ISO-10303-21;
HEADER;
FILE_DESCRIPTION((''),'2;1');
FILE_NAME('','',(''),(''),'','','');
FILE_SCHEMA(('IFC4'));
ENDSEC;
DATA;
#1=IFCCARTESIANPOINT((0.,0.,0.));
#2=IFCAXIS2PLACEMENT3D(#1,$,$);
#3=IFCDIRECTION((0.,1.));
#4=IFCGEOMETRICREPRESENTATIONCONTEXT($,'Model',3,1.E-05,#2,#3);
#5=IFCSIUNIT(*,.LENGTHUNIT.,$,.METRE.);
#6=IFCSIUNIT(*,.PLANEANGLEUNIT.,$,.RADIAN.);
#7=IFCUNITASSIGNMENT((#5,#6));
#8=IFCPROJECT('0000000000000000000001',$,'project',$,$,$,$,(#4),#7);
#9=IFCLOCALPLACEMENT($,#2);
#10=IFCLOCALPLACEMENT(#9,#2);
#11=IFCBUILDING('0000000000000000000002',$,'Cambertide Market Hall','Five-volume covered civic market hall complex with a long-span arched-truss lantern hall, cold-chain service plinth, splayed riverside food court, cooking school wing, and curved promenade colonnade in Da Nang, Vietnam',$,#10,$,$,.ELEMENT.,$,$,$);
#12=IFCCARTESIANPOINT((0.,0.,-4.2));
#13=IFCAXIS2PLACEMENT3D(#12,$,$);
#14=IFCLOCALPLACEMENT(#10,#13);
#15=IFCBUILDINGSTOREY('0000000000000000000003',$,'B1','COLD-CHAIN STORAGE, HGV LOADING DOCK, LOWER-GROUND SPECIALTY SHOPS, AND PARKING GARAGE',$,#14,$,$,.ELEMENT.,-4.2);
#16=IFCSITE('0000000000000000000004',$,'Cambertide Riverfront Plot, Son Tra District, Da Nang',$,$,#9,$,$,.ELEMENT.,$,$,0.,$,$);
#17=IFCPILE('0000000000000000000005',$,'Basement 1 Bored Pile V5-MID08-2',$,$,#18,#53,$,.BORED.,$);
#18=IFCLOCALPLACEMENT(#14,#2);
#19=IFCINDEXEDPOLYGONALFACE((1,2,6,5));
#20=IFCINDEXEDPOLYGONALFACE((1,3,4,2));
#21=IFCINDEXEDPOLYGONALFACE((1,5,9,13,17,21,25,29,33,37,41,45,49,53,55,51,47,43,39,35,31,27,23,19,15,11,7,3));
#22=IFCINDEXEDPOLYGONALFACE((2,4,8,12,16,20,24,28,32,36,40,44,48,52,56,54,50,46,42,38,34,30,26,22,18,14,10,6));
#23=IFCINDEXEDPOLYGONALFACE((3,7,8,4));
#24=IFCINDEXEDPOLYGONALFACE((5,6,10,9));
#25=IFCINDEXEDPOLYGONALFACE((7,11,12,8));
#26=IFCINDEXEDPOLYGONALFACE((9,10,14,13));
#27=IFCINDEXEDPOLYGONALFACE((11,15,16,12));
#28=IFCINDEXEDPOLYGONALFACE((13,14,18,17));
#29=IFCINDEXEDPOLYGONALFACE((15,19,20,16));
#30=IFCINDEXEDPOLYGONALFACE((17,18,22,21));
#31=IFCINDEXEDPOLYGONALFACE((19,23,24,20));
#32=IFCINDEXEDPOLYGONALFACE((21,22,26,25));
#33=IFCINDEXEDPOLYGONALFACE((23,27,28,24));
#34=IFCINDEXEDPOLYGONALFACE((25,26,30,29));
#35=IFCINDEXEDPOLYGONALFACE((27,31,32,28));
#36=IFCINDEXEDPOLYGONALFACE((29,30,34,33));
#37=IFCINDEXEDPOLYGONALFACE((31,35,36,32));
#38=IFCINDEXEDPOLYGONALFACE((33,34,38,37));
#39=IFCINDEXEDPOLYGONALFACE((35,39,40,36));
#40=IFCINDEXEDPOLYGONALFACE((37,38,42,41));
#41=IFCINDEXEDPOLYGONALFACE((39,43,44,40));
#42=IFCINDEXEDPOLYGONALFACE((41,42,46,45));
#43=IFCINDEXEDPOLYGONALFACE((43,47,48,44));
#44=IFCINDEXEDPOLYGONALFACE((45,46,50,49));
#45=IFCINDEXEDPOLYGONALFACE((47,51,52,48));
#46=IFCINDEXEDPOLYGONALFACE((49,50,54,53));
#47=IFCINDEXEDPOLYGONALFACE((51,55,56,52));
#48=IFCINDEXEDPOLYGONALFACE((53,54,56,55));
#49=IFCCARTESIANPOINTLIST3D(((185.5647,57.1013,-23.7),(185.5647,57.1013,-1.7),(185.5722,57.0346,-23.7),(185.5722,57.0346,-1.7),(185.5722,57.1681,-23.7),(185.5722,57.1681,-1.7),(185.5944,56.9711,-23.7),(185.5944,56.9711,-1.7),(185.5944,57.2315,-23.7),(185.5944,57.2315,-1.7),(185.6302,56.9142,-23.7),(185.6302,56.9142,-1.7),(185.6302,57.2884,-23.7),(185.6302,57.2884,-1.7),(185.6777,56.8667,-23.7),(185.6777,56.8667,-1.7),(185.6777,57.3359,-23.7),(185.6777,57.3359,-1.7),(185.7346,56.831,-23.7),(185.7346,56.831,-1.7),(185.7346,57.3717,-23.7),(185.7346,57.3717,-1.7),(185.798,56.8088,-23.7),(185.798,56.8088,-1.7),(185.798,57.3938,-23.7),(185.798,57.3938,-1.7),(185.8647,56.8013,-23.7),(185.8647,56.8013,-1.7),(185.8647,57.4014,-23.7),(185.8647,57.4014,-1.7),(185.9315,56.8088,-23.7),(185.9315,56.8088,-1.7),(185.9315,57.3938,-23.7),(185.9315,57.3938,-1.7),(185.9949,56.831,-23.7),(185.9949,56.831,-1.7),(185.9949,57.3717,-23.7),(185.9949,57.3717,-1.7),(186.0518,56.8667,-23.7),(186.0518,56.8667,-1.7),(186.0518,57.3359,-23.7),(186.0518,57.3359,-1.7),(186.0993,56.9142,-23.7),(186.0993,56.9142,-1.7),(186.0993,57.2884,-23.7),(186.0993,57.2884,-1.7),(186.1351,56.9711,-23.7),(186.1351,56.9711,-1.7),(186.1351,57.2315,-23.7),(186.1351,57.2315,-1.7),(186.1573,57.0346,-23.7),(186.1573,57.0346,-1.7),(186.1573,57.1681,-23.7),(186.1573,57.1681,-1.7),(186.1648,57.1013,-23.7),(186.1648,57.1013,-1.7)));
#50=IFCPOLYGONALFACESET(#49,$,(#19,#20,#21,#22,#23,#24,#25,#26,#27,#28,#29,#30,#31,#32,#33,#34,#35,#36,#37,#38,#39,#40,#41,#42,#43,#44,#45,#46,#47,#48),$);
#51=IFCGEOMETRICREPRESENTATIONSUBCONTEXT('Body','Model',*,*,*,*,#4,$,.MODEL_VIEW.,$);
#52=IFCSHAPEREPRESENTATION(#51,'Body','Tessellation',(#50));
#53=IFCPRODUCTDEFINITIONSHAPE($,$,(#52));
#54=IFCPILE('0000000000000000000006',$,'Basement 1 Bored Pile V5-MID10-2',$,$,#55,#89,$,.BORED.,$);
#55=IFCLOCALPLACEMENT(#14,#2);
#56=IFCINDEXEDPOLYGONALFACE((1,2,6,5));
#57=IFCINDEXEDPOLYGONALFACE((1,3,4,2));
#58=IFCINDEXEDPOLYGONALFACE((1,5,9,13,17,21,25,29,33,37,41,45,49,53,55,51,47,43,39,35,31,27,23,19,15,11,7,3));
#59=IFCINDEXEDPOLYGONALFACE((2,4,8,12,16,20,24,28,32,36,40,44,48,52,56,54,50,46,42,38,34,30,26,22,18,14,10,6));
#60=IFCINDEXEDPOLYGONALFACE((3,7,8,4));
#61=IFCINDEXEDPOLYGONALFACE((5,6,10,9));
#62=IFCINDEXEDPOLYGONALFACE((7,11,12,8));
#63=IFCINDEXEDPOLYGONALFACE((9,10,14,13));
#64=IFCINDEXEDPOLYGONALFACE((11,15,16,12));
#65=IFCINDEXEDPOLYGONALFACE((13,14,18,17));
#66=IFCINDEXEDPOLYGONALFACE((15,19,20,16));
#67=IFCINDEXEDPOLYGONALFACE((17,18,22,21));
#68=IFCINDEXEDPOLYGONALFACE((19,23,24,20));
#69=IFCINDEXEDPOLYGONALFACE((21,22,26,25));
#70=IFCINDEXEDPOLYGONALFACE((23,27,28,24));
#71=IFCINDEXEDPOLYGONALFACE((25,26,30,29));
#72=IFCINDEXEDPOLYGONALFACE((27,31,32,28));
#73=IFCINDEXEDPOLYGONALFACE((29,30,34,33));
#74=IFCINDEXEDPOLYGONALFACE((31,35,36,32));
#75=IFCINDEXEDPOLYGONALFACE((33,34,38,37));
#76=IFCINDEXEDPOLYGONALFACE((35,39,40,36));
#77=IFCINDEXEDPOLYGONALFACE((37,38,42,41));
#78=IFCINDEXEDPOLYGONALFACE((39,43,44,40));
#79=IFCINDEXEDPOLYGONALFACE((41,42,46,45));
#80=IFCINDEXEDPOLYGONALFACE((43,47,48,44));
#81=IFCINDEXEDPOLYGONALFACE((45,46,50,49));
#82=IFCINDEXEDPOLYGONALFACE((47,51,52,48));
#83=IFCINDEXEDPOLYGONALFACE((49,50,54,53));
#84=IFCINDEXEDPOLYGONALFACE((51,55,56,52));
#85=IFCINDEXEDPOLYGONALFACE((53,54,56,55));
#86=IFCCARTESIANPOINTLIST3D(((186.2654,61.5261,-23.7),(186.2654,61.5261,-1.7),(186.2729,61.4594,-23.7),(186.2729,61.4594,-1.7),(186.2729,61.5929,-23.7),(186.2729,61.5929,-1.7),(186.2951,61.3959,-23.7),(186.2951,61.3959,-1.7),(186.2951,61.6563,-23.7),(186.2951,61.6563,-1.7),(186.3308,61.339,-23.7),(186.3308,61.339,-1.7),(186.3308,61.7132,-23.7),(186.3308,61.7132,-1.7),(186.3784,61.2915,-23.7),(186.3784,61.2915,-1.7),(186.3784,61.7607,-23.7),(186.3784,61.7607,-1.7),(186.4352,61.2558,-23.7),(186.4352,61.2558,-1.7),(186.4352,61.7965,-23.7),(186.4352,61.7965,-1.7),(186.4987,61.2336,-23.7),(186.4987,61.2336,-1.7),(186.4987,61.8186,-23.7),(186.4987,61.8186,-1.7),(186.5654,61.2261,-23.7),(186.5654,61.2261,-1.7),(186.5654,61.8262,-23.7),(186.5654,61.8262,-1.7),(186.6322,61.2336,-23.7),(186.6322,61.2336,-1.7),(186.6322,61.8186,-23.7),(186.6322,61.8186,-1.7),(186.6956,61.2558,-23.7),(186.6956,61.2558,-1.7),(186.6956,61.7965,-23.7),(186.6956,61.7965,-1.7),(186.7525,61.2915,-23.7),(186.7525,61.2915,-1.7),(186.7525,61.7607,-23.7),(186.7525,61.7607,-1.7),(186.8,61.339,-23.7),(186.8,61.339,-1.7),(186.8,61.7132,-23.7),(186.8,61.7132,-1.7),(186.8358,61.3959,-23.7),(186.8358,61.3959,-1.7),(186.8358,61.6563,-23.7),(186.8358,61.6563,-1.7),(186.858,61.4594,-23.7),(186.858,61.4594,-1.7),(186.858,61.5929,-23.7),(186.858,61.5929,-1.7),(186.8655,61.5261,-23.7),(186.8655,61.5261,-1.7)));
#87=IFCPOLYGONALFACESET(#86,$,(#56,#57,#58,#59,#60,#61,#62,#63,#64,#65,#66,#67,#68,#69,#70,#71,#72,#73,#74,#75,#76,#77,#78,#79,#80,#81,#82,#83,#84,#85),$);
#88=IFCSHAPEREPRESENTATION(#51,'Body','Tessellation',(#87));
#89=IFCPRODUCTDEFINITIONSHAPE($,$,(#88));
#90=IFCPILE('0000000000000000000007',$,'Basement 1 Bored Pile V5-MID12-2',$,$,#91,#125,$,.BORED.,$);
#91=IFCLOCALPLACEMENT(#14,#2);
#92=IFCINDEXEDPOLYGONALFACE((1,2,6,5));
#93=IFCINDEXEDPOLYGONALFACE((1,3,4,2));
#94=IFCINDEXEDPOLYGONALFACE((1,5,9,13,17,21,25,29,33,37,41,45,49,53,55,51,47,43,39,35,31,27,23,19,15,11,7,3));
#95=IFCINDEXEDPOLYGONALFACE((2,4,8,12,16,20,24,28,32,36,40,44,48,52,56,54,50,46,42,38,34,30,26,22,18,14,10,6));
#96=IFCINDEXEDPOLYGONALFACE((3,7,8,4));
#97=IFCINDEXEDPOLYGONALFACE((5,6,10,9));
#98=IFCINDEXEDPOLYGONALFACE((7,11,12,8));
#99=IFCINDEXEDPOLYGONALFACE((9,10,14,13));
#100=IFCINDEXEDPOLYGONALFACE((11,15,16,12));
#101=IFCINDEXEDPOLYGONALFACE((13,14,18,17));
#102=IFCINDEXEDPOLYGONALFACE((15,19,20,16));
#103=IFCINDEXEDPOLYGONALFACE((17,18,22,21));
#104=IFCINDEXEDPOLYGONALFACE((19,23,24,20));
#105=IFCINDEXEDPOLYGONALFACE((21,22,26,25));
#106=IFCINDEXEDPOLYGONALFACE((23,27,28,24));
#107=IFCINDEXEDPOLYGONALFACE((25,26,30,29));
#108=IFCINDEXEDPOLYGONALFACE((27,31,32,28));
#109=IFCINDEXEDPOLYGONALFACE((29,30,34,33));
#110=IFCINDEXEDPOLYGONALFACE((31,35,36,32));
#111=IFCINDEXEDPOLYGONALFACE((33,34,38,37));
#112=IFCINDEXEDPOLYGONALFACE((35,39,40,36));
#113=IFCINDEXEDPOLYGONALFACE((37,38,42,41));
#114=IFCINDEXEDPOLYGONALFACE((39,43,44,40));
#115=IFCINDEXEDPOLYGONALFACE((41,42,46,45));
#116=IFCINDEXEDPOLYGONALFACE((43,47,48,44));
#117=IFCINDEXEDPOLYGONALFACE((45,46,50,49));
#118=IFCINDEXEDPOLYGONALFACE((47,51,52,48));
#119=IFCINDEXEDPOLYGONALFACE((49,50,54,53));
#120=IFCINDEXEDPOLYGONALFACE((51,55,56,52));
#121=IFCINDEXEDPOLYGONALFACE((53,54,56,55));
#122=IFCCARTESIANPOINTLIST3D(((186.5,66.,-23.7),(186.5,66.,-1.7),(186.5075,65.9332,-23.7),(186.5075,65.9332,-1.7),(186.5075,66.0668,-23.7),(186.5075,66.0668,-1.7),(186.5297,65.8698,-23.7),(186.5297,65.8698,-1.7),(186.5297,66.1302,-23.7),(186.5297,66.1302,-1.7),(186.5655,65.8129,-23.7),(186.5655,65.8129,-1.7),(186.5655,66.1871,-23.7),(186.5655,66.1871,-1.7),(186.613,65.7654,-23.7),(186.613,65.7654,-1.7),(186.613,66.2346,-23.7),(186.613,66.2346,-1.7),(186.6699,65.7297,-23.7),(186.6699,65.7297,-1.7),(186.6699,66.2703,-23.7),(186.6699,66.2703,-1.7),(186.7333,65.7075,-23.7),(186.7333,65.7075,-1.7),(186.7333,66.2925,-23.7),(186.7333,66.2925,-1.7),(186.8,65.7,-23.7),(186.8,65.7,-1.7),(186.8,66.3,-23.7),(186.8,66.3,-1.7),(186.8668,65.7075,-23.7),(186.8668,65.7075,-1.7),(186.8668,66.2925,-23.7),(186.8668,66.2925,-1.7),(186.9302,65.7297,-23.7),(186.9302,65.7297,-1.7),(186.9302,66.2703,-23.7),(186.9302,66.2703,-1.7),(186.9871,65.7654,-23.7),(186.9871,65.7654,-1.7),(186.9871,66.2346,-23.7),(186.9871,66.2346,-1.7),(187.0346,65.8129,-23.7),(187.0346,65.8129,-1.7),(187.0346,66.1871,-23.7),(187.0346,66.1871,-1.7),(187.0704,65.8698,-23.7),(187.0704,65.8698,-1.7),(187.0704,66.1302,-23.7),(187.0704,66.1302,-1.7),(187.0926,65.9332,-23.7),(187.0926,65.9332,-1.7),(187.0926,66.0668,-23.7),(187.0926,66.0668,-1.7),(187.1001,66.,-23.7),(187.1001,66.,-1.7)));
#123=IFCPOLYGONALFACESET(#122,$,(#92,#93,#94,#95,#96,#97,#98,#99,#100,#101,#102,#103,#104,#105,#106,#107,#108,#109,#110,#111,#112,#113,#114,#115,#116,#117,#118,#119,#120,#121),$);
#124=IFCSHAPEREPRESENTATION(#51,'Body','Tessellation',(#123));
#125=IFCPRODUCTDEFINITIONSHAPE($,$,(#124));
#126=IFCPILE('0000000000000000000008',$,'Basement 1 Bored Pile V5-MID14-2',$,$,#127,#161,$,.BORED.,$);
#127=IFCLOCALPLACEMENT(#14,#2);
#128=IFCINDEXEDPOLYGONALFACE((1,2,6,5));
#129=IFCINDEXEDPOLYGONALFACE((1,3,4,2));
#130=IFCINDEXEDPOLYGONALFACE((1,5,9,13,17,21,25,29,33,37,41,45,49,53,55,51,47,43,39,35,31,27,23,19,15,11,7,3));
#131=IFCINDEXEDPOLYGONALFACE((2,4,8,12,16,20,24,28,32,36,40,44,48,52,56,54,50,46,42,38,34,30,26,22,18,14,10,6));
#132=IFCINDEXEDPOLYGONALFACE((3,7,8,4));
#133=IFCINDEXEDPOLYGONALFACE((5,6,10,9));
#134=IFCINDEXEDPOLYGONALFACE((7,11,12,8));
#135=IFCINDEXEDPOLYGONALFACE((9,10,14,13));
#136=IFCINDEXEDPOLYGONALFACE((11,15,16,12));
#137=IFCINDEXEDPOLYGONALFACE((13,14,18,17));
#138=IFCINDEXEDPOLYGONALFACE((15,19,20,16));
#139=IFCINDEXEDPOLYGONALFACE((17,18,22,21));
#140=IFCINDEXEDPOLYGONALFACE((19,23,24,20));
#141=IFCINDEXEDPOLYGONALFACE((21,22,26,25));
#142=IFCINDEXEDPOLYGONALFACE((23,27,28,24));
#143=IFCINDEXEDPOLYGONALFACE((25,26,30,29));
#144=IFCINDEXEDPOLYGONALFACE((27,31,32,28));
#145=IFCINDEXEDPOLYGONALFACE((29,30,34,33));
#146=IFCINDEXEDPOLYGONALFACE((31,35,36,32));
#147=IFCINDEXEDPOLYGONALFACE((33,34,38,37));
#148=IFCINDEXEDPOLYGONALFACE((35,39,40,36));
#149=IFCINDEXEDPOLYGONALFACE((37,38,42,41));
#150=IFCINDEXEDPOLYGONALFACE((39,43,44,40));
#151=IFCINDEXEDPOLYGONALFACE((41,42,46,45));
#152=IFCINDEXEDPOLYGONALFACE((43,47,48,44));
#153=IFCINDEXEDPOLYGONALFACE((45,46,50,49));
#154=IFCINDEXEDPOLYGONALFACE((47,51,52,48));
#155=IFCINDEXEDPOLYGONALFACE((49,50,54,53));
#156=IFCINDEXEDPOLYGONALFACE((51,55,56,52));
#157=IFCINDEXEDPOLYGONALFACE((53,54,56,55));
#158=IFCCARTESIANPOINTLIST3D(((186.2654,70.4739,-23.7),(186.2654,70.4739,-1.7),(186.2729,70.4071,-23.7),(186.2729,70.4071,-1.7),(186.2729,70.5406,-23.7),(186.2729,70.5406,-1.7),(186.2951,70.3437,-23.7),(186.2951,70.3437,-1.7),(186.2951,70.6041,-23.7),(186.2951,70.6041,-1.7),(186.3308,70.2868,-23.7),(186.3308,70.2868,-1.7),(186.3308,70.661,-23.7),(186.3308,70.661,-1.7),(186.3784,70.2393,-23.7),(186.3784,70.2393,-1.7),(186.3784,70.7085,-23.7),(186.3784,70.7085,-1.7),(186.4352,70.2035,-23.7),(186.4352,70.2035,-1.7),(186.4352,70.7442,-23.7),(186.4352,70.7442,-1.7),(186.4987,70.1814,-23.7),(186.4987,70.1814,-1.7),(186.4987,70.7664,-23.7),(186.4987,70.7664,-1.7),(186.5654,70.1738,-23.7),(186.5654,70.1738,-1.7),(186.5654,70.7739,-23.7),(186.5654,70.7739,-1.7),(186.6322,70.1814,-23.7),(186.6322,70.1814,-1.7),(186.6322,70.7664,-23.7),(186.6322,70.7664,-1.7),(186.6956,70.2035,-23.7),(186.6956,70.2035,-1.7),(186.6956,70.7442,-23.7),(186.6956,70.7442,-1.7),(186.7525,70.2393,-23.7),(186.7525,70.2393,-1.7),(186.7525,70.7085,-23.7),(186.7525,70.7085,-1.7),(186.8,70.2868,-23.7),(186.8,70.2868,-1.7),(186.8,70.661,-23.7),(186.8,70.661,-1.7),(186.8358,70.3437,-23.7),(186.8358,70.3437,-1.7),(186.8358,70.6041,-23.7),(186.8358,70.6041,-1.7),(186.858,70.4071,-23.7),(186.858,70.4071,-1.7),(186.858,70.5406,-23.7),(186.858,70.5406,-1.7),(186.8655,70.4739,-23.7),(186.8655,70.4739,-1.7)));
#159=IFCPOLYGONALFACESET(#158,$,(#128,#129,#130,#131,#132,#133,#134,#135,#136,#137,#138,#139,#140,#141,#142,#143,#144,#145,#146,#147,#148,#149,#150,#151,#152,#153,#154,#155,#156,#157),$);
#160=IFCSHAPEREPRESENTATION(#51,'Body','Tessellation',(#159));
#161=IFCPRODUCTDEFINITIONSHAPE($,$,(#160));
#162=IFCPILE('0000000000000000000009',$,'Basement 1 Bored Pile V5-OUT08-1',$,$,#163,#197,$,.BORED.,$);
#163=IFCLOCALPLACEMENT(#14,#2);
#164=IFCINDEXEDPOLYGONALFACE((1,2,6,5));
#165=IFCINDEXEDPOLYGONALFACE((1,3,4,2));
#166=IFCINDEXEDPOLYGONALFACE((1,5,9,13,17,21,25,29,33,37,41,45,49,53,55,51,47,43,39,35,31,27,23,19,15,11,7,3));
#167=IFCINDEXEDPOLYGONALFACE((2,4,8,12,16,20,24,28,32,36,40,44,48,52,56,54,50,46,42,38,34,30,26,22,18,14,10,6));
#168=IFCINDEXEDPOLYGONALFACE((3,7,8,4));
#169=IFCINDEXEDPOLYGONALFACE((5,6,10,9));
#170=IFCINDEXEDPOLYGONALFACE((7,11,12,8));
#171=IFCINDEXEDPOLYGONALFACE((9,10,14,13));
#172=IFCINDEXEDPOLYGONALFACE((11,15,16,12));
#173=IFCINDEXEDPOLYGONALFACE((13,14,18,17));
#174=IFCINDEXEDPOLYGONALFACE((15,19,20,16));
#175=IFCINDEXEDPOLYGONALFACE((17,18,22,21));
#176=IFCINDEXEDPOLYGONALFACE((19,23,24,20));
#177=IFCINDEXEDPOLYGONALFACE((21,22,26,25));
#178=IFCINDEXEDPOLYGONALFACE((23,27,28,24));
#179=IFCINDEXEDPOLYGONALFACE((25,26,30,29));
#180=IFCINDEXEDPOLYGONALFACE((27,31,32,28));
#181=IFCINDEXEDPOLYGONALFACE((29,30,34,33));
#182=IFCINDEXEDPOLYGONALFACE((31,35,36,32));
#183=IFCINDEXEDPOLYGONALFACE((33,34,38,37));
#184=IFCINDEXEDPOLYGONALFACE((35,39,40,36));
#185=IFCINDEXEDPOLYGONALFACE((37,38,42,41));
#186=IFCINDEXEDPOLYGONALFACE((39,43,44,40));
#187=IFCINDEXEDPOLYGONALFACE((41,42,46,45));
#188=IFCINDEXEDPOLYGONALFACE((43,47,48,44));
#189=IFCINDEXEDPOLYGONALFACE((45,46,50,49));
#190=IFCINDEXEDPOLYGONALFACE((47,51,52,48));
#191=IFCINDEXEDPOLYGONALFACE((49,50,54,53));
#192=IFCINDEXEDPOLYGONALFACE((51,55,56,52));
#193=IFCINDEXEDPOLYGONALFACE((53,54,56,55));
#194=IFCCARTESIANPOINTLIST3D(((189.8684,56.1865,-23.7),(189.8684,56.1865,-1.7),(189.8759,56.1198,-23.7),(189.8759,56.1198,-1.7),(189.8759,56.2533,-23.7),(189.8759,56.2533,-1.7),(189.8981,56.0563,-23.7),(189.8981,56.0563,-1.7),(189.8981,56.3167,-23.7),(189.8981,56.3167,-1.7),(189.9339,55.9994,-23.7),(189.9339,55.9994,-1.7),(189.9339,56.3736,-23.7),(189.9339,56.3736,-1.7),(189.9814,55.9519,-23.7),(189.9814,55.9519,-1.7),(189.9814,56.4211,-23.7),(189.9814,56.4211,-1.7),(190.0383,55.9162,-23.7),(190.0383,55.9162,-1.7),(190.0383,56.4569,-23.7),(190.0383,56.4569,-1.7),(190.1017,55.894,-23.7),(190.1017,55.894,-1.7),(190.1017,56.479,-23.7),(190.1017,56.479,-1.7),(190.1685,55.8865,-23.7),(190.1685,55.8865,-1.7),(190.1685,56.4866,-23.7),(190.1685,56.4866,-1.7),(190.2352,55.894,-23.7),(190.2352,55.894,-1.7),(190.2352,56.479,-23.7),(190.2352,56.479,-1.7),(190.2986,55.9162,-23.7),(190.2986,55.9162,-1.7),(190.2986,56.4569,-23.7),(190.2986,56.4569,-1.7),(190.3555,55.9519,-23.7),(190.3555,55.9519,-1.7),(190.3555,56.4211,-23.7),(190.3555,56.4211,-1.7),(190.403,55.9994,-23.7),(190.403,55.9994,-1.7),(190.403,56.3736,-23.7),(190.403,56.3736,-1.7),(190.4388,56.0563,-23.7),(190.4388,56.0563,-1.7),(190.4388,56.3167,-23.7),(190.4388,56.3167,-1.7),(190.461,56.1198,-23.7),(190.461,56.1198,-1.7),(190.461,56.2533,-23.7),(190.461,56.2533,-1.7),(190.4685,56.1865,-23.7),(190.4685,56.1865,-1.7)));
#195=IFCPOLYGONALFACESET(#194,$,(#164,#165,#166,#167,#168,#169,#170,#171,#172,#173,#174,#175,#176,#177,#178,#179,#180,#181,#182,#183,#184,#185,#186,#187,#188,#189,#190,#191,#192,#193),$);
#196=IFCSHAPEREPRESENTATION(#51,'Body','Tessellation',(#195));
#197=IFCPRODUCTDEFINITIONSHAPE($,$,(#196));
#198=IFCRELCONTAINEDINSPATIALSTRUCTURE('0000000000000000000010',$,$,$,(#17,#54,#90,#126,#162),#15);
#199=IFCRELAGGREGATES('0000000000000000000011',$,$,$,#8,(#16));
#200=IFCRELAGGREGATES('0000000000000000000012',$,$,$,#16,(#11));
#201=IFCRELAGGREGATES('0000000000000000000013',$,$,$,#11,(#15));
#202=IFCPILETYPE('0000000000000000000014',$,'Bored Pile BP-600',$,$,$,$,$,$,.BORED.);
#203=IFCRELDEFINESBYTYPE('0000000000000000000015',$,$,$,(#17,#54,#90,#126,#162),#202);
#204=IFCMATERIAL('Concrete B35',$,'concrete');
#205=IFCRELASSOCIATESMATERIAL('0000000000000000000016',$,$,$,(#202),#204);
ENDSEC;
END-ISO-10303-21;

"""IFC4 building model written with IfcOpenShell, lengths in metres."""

from ifc_helpers import new_model, si_unit, direction, frame, origin, origin_2d, place, context, subcontext, project, spatial, circle, extrude, material, material_profile, profile_set, type_object, element, save


model = new_model("IFC4")

# Units and contexts
model_context = context("Model", 3, precision=1e-05, world=origin(), true_north=direction((0.0, 1.0)))
body_context = subcontext(model_context, "Body", "Model", "MODEL_VIEW")
ifc_project = project(units=[si_unit("LENGTHUNIT", "METRE"), si_unit("PLANEANGLEUNIT", "RADIAN")], contexts=[model_context])

# Site, building, storey
site_placement = place(None, origin())
site = spatial("IfcSite", under=ifc_project, at=site_placement, Name="Cambertide Riverfront Plot, Son Tra District, Da Nang", CompositionType="ELEMENT", RefElevation=0.0)
building_placement = place(site_placement, origin())
building = spatial("IfcBuilding", under=site, at=building_placement, Name="Cambertide Market Hall", Description="Five-volume covered civic market hall complex with a long-span arched-truss lantern hall, cold-chain service plinth, splayed riverside food court, cooking school wing, and curved promenade colonnade in Da Nang, Vietnam", CompositionType="ELEMENT")
storey_placement = place(building_placement, frame((0.0, 0.0, -4.2)))
storey = spatial("IfcBuildingStorey", under=building, at=storey_placement, Name="B1", Description="COLD-CHAIN STORAGE, HGV LOADING DOCK, LOWER-GROUND SPECIALTY SHOPS, AND PARKING GARAGE", CompositionType="ELEMENT", Elevation=-4.2)

# Piles
ifc_material_1 = material(Name="Concrete B35", Category="concrete")
ifc_material_profile_1 = material_profile(ifc_material_1, circle(Radius=0.3, at=origin_2d()), Name="BP D600")
ifc_profile_set_1 = profile_set([ifc_material_profile_1], Name="Concrete B35")
pile_type = type_object("IfcPileType", Name="Bored Pile BP-600", PredefinedType="BORED", material=ifc_profile_set_1)
for number, where, z_axis, x_axis, name in (
    (1, (185.8647, 57.1013, -1.7), (0.0, 0.0, -1.0), (1.0, 0.0, 0.0), "Basement 1 Bored Pile V5-MID08-2"),
    (2, (186.5654, 61.5261, -1.7), (0.0, 0.0, -1.0), (1.0, 0.0, 0.0), "Basement 1 Bored Pile V5-MID10-2"),
    (3, (186.8, 66.0, -1.7), (0.0, 0.0, -1.0), (1.0, 0.0, 0.0), "Basement 1 Bored Pile V5-MID12-2"),
    (4, (186.5654, 70.4739, -1.7), (0.0, 0.0, -1.0), (1.0, 0.0, 0.0), "Basement 1 Bored Pile V5-MID14-2"),
    (5, (190.1685, 56.1865, -1.7), (0.0, 0.0, -1.0), (1.0, 0.0, 0.0), "Basement 1 Bored Pile V5-OUT08-1"),
):
    element("IfcPile", number, at=place(storey_placement, frame(where, z_axis=z_axis, x_axis=x_axis)), inside=storey, type_object=pile_type, Name=name, PredefinedType="BORED", context=body_context, shape_type="SweptSolid", body=[
        extrude(circle(Radius=0.3, at=origin_2d()), origin(), (0.0, 0.0, 1.0), 22.0),
    ])

save(model, "model.ifc")
